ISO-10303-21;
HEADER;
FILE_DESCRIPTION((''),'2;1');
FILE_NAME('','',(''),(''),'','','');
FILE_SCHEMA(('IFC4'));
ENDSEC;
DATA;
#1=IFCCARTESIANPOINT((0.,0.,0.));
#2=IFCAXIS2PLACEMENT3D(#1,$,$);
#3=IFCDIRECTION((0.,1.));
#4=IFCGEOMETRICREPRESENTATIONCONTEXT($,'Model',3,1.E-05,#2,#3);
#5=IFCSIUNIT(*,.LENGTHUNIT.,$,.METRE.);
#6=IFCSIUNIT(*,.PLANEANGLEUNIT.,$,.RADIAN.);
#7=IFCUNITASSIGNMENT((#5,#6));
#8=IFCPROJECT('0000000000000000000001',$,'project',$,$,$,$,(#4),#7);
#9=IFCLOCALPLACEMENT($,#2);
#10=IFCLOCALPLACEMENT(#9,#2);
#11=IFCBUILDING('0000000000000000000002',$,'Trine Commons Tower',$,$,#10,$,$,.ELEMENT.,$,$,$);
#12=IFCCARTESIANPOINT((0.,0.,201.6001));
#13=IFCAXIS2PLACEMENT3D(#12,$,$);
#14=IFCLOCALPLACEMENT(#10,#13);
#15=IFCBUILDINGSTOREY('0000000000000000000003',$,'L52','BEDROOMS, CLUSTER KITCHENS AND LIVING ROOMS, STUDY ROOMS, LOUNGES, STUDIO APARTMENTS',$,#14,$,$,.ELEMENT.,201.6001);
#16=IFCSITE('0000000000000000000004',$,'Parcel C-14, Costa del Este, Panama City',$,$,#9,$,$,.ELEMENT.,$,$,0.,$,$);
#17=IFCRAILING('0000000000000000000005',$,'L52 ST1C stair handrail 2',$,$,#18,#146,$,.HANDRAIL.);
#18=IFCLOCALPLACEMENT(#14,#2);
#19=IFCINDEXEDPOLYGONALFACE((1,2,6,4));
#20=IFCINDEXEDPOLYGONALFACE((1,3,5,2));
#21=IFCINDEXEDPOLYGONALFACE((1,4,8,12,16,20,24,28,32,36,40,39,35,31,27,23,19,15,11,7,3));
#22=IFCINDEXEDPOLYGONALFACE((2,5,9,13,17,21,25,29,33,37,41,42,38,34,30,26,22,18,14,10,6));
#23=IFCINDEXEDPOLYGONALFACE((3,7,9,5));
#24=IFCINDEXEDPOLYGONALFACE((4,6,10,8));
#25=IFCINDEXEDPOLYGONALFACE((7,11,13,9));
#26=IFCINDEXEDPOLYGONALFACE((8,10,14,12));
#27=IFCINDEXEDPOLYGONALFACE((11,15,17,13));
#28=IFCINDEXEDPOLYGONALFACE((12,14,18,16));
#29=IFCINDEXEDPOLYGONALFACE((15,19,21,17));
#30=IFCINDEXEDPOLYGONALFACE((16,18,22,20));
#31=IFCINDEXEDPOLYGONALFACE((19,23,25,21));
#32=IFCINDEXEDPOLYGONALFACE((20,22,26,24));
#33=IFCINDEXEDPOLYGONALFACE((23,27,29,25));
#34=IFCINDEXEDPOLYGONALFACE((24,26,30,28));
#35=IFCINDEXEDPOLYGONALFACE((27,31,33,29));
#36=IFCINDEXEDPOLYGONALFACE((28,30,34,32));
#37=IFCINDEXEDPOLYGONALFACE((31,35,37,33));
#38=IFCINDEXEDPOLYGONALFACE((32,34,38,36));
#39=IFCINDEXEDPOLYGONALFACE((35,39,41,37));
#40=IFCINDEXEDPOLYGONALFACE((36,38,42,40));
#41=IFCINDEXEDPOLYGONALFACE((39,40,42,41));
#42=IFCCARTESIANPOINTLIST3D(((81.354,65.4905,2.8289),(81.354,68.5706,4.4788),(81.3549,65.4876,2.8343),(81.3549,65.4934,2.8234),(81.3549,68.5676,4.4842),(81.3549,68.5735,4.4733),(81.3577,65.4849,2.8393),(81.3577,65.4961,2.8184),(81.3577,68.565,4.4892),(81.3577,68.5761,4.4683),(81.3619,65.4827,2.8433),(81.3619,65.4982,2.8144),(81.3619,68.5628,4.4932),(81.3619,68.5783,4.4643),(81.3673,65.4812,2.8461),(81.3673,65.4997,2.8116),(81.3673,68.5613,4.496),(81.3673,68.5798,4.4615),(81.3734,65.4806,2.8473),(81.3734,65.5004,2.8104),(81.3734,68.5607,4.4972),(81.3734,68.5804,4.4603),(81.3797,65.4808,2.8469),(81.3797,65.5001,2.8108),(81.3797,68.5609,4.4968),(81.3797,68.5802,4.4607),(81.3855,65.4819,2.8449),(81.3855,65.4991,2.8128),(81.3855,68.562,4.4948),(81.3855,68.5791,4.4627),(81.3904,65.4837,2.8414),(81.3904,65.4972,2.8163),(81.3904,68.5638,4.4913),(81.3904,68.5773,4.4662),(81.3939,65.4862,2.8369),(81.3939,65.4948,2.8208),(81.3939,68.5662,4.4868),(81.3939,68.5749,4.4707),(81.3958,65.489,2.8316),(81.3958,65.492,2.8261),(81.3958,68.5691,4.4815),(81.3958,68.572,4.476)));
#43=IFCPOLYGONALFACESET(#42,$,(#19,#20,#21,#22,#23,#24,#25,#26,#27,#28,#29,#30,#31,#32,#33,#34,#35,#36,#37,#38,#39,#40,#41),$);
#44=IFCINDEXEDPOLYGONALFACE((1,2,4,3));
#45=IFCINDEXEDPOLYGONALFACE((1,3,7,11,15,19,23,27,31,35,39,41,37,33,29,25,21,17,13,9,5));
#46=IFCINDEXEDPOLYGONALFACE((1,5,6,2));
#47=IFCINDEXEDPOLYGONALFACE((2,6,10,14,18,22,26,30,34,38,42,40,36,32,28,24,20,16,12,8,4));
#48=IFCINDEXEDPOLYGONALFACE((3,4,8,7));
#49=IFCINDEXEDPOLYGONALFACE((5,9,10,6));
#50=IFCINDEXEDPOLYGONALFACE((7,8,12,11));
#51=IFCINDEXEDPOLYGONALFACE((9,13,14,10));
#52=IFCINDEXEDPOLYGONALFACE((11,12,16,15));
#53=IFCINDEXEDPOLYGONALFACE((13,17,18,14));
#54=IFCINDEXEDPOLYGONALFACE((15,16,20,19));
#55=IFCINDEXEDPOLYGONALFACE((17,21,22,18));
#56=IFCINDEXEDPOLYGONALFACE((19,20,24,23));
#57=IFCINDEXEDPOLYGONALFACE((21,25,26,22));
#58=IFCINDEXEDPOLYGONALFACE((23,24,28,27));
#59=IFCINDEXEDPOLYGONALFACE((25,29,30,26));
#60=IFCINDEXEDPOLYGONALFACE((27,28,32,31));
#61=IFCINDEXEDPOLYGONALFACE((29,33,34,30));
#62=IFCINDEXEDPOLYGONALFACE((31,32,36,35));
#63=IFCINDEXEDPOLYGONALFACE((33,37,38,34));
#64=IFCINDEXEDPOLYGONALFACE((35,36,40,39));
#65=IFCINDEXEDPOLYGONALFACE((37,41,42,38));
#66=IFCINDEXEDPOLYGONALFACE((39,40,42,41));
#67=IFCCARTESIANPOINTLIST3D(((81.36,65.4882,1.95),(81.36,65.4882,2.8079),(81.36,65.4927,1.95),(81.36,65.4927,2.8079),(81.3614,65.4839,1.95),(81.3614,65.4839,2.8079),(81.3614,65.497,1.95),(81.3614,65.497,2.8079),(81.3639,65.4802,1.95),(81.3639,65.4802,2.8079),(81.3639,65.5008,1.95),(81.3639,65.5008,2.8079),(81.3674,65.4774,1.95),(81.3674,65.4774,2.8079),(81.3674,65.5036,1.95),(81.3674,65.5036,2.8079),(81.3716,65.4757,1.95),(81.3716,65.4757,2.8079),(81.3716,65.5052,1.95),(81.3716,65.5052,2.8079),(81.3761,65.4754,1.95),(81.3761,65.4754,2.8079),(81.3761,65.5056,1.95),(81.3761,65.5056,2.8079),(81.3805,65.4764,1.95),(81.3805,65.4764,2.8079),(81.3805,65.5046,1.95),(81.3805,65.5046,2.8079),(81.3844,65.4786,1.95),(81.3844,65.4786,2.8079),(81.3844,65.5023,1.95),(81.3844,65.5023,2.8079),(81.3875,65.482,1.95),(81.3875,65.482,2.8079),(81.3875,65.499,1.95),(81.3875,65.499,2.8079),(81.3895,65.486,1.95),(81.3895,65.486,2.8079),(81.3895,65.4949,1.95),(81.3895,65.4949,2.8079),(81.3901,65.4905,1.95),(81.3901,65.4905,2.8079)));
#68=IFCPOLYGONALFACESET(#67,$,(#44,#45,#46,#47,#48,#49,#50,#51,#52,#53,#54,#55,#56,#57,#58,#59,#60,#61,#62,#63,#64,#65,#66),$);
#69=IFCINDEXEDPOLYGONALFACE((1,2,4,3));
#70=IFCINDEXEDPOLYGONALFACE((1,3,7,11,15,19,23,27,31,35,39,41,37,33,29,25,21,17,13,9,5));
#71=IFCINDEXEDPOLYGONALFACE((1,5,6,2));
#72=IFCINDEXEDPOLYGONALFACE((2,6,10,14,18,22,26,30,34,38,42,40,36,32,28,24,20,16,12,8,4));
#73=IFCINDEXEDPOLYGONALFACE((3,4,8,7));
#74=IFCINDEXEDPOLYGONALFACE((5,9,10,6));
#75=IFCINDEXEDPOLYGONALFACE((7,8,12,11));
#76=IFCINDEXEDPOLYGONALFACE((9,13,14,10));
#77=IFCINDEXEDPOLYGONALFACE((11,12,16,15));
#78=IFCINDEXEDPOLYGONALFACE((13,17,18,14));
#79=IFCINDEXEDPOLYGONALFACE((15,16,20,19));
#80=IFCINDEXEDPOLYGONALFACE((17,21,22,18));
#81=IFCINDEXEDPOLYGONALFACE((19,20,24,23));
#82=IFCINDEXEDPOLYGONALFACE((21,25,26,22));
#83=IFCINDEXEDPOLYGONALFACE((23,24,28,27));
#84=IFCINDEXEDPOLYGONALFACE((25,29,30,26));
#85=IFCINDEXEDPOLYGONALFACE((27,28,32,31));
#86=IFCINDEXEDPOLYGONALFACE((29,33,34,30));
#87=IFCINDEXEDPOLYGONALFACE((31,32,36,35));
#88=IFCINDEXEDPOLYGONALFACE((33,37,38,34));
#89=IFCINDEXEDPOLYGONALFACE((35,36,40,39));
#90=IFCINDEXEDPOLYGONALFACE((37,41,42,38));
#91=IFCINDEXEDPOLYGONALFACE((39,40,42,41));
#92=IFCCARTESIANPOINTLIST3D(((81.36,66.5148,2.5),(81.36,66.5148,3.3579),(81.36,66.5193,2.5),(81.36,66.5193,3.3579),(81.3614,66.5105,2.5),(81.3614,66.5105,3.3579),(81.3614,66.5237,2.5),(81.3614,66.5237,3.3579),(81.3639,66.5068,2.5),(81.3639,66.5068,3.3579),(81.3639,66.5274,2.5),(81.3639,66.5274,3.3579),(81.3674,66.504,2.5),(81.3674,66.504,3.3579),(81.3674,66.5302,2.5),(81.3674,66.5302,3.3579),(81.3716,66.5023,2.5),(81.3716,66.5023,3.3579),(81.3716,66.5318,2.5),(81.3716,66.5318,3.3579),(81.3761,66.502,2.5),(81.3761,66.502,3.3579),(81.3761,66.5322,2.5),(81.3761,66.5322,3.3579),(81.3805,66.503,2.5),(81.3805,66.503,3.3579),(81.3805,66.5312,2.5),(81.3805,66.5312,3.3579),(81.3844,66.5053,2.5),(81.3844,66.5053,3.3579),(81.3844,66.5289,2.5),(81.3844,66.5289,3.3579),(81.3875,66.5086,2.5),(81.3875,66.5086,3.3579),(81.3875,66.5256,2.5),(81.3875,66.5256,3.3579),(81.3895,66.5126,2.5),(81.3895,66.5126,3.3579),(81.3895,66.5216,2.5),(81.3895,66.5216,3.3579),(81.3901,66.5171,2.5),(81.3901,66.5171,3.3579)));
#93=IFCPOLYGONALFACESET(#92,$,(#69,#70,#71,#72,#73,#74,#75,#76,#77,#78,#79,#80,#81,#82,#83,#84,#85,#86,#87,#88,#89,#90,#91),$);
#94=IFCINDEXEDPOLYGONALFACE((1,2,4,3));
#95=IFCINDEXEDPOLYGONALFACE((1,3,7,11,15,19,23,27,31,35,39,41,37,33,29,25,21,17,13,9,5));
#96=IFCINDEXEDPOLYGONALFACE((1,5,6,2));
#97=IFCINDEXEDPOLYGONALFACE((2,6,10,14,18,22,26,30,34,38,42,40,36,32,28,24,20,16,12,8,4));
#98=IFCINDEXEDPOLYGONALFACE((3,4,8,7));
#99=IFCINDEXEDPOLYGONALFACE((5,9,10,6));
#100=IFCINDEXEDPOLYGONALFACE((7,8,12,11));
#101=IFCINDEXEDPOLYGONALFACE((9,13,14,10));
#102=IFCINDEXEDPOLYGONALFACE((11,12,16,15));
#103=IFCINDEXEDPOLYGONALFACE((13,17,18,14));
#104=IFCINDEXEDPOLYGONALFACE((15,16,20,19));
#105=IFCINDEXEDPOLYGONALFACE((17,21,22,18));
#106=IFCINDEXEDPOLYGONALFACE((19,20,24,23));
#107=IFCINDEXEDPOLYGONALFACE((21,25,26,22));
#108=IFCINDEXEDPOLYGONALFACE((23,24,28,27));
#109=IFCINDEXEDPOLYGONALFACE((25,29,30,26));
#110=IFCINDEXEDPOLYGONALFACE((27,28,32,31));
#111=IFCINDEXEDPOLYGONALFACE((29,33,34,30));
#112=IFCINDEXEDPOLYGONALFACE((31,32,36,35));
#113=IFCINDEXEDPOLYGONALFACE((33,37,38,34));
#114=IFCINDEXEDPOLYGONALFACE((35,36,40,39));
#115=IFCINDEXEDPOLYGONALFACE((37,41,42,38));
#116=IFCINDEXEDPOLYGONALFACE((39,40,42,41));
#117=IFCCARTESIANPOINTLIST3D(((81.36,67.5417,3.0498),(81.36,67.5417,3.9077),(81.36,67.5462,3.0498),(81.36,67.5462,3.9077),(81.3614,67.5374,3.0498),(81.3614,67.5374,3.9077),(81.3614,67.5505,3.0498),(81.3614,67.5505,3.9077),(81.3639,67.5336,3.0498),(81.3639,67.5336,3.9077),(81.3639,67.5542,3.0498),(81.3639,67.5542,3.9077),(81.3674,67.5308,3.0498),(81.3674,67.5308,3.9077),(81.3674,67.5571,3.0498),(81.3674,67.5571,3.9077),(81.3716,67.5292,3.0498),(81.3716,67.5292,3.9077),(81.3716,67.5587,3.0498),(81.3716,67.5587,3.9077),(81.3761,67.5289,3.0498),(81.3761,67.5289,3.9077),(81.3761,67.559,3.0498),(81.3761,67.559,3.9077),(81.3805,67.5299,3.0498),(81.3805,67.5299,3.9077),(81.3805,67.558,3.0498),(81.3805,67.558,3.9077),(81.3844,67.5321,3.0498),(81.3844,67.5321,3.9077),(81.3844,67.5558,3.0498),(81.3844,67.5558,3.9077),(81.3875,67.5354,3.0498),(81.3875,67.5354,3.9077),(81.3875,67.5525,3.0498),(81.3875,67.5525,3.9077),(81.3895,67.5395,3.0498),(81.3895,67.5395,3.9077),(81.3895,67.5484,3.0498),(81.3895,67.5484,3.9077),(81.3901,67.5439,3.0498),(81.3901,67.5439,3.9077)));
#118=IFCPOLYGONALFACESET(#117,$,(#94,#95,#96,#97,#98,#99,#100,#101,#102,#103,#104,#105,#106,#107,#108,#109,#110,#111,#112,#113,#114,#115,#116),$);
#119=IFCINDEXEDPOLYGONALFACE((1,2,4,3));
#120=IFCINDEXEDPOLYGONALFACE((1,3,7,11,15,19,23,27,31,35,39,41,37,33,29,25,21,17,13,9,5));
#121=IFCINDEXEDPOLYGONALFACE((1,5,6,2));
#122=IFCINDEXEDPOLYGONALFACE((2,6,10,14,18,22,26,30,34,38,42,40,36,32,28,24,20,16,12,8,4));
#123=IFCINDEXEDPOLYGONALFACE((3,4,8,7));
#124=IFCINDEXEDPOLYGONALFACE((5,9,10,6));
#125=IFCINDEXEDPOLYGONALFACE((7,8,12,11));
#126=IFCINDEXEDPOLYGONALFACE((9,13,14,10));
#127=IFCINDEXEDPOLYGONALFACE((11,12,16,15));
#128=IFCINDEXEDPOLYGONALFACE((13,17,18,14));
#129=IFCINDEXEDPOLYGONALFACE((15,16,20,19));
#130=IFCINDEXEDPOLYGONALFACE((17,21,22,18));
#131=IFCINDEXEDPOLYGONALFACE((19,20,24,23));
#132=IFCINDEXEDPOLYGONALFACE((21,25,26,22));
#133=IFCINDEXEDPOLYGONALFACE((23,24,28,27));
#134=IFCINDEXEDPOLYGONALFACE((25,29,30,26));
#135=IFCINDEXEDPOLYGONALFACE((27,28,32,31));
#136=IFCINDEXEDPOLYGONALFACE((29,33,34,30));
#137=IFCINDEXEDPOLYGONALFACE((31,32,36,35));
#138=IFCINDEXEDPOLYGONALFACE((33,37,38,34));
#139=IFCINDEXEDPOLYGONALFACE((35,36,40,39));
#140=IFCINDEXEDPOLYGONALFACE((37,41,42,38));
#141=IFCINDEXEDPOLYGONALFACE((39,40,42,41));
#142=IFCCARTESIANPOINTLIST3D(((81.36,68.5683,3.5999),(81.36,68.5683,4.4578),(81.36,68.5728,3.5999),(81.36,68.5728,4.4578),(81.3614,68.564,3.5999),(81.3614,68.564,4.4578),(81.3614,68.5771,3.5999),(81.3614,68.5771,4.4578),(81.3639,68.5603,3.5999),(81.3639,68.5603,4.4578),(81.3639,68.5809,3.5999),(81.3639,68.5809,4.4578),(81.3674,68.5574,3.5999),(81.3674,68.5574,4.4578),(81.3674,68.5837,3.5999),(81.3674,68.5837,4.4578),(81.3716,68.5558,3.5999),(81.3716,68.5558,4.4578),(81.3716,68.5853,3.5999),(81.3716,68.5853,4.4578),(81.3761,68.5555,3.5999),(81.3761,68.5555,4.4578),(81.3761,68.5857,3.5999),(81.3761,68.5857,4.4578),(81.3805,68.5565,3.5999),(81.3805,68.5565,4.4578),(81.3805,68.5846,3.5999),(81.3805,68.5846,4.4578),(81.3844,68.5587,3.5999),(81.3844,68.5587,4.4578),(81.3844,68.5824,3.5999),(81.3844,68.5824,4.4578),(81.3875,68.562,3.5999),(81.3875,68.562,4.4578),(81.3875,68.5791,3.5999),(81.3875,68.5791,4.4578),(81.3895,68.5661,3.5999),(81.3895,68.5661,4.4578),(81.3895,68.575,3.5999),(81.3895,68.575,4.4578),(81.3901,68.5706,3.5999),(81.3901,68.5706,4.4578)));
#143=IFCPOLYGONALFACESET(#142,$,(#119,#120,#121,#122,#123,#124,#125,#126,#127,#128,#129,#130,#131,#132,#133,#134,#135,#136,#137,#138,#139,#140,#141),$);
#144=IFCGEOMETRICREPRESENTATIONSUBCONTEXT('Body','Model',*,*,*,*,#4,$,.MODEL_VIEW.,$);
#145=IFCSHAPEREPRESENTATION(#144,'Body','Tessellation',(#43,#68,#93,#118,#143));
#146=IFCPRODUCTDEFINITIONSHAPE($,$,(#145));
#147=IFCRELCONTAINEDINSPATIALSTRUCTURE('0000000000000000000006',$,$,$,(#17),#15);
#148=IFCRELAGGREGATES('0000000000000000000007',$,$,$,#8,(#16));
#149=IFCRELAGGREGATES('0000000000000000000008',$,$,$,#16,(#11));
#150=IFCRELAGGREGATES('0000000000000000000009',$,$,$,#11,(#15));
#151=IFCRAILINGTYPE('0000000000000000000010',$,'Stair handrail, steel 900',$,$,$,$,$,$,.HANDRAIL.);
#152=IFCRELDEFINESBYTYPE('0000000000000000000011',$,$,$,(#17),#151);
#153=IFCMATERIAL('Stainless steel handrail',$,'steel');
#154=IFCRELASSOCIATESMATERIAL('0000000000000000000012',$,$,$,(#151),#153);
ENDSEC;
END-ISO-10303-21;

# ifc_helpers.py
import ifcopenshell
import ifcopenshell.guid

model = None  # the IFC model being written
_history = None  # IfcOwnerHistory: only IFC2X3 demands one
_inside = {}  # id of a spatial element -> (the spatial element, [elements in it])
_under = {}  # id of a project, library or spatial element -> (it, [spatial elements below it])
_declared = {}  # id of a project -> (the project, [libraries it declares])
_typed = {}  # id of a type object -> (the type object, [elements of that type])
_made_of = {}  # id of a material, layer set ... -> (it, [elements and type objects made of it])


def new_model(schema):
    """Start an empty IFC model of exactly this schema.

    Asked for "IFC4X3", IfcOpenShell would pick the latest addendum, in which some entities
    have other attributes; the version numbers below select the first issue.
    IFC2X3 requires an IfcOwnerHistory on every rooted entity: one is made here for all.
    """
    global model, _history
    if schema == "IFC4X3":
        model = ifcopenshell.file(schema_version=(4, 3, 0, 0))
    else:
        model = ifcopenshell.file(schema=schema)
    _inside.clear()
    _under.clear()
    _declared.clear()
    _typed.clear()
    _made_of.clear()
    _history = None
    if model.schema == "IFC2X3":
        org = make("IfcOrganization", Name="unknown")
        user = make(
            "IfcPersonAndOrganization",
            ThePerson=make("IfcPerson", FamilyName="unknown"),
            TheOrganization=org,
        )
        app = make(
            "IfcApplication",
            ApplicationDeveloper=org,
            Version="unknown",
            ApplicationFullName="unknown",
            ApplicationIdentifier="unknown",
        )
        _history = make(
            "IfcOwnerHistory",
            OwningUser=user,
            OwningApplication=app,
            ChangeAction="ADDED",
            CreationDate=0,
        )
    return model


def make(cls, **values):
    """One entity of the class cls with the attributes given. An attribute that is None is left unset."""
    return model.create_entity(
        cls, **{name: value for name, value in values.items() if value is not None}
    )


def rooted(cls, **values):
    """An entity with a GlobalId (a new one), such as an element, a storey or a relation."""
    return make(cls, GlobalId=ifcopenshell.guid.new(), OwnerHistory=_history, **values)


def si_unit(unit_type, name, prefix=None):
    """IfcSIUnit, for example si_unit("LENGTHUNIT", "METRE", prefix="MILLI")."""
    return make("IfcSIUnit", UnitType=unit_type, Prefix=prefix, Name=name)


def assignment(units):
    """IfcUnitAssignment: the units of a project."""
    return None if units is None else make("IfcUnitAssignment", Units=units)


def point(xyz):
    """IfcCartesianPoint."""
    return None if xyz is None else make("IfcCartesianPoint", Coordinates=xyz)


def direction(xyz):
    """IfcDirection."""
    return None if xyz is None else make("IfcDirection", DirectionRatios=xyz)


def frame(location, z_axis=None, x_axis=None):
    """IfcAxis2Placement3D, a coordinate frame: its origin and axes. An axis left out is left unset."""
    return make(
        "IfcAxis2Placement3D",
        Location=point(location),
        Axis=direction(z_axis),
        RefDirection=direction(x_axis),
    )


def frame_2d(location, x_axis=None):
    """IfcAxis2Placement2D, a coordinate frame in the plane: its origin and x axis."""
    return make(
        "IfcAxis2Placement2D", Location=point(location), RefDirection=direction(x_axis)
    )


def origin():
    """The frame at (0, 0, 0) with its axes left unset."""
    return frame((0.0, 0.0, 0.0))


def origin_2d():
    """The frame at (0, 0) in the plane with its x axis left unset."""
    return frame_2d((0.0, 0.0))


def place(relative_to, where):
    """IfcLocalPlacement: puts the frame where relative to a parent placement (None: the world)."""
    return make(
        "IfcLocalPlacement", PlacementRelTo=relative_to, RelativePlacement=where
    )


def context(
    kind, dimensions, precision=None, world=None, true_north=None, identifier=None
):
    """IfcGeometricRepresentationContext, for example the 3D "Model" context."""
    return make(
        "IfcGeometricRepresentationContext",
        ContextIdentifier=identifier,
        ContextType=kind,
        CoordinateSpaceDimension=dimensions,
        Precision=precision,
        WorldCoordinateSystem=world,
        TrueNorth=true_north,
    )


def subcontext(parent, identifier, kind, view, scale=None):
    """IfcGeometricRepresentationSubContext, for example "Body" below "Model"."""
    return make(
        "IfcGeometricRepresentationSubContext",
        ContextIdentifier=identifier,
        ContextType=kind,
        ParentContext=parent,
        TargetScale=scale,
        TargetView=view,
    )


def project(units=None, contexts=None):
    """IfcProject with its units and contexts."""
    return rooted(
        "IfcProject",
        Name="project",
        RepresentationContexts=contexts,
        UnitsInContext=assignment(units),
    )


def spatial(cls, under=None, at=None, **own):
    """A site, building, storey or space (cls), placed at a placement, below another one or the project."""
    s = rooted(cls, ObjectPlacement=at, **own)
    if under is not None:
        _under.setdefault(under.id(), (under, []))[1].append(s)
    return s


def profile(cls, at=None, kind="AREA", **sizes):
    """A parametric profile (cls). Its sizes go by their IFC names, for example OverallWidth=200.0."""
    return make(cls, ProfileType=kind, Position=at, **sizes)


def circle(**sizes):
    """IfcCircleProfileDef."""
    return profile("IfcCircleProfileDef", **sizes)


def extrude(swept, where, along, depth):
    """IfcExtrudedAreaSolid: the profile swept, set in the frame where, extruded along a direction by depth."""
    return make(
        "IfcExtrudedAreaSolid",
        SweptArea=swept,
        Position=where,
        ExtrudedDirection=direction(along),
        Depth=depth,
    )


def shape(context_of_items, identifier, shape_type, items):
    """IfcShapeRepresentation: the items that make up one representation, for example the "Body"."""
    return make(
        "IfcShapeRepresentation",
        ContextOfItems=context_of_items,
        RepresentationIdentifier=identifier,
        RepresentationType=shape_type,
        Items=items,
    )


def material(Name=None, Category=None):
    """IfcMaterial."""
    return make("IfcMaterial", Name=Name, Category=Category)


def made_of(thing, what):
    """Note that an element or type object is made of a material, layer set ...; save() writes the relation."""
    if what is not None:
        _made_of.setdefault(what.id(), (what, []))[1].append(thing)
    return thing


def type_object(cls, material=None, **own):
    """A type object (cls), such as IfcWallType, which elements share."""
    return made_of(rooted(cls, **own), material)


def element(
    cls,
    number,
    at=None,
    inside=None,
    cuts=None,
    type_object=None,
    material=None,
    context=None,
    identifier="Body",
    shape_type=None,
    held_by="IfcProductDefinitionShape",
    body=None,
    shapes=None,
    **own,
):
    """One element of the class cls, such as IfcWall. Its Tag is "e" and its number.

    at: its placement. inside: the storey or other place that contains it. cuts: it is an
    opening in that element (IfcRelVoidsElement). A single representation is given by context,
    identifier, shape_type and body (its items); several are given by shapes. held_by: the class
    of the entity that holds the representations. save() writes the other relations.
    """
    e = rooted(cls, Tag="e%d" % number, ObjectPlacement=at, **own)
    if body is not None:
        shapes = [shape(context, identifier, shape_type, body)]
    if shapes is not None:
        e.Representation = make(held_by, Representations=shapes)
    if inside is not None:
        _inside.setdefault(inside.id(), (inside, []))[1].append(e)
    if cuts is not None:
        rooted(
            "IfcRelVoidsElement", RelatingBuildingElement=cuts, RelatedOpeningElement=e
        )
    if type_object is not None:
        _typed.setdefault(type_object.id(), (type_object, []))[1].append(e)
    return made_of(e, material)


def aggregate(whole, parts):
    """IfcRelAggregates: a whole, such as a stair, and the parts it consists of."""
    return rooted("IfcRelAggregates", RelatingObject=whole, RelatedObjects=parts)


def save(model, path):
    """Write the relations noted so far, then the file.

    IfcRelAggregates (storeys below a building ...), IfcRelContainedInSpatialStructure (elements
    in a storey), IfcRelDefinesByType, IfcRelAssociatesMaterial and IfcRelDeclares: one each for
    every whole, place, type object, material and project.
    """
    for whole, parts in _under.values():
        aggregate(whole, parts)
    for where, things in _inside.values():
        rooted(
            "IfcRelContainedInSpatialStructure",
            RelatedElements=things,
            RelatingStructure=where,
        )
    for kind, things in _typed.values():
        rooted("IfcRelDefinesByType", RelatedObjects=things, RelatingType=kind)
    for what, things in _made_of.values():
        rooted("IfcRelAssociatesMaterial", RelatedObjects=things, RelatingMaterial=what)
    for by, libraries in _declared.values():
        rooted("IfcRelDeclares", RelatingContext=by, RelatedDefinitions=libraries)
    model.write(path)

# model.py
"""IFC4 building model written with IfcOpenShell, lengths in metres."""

from ifc_helpers import new_model, si_unit, direction, frame, origin, origin_2d, place, context, subcontext, project, spatial, circle, extrude, material, type_object, element, save


model = new_model("IFC4")

# Units and contexts
model_context = context("Model", 3, precision=1e-05, world=origin(), true_north=direction((0.0, 1.0)))
body_context = subcontext(model_context, "Body", "Model", "MODEL_VIEW")
ifc_project = project(units=[si_unit("LENGTHUNIT", "METRE"), si_unit("PLANEANGLEUNIT", "RADIAN")], contexts=[model_context])

# Site, building, storey
site_placement = place(None, origin())
site = spatial("IfcSite", under=ifc_project, at=site_placement, Name="Parcel C-14, Costa del Este, Panama City", CompositionType="ELEMENT", RefElevation=0.0)
building_placement = place(site_placement, origin())
building = spatial("IfcBuilding", under=site, at=building_placement, Name="Trine Commons Tower", CompositionType="ELEMENT")
storey_placement = place(building_placement, frame((0.0, 0.0, 201.6001)))
storey = spatial("IfcBuildingStorey", under=building, at=storey_placement, Name="L52", Description="BEDROOMS, CLUSTER KITCHENS AND LIVING ROOMS, STUDY ROOMS, LOUNGES, STUDIO APARTMENTS", CompositionType="ELEMENT", Elevation=201.6001)

# Railing
ifc_material_1 = material(Name="Stainless steel handrail", Category="steel")
railing_type_1 = type_object("IfcRailingType", Name="Stair handrail, steel 900", PredefinedType="HANDRAIL", material=ifc_material_1)
railing_1_placement = place(storey_placement, frame((81.375, 65.4905, 1.95)))
element("IfcRailing", 1, at=railing_1_placement, inside=storey, type_object=railing_type_1, Name="L52 ST1C stair handrail 2", PredefinedType="HANDRAIL", context=body_context, shape_type="SweptSolid", body=[
    extrude(circle(Radius=0.021, at=origin_2d()), frame((0.0, 0.0, 0.8789), z_axis=(0.0, 0.881497, 0.47219), x_axis=(-1.0, 0.0, 0.0)), (0.0, 0.0, 1.0), 3.4941),
    extrude(circle(Radius=0.0151, at=origin_2d()), origin(), (0.0, 0.0, 1.0), 0.8579),
    extrude(circle(Radius=0.0151, at=origin_2d()), frame((0.0, 1.0266, 0.55)), (0.0, 0.0, 1.0), 0.8579),
    extrude(circle(Radius=0.0151, at=origin_2d()), frame((0.0, 2.0535, 1.0999)), (0.0, 0.0, 1.0), 0.8579),
    extrude(circle(Radius=0.0151, at=origin_2d()), frame((0.0, 3.0801, 1.6499)), (0.0, 0.0, 1.0), 0.8579),
])

save(model, "model.ifc")
